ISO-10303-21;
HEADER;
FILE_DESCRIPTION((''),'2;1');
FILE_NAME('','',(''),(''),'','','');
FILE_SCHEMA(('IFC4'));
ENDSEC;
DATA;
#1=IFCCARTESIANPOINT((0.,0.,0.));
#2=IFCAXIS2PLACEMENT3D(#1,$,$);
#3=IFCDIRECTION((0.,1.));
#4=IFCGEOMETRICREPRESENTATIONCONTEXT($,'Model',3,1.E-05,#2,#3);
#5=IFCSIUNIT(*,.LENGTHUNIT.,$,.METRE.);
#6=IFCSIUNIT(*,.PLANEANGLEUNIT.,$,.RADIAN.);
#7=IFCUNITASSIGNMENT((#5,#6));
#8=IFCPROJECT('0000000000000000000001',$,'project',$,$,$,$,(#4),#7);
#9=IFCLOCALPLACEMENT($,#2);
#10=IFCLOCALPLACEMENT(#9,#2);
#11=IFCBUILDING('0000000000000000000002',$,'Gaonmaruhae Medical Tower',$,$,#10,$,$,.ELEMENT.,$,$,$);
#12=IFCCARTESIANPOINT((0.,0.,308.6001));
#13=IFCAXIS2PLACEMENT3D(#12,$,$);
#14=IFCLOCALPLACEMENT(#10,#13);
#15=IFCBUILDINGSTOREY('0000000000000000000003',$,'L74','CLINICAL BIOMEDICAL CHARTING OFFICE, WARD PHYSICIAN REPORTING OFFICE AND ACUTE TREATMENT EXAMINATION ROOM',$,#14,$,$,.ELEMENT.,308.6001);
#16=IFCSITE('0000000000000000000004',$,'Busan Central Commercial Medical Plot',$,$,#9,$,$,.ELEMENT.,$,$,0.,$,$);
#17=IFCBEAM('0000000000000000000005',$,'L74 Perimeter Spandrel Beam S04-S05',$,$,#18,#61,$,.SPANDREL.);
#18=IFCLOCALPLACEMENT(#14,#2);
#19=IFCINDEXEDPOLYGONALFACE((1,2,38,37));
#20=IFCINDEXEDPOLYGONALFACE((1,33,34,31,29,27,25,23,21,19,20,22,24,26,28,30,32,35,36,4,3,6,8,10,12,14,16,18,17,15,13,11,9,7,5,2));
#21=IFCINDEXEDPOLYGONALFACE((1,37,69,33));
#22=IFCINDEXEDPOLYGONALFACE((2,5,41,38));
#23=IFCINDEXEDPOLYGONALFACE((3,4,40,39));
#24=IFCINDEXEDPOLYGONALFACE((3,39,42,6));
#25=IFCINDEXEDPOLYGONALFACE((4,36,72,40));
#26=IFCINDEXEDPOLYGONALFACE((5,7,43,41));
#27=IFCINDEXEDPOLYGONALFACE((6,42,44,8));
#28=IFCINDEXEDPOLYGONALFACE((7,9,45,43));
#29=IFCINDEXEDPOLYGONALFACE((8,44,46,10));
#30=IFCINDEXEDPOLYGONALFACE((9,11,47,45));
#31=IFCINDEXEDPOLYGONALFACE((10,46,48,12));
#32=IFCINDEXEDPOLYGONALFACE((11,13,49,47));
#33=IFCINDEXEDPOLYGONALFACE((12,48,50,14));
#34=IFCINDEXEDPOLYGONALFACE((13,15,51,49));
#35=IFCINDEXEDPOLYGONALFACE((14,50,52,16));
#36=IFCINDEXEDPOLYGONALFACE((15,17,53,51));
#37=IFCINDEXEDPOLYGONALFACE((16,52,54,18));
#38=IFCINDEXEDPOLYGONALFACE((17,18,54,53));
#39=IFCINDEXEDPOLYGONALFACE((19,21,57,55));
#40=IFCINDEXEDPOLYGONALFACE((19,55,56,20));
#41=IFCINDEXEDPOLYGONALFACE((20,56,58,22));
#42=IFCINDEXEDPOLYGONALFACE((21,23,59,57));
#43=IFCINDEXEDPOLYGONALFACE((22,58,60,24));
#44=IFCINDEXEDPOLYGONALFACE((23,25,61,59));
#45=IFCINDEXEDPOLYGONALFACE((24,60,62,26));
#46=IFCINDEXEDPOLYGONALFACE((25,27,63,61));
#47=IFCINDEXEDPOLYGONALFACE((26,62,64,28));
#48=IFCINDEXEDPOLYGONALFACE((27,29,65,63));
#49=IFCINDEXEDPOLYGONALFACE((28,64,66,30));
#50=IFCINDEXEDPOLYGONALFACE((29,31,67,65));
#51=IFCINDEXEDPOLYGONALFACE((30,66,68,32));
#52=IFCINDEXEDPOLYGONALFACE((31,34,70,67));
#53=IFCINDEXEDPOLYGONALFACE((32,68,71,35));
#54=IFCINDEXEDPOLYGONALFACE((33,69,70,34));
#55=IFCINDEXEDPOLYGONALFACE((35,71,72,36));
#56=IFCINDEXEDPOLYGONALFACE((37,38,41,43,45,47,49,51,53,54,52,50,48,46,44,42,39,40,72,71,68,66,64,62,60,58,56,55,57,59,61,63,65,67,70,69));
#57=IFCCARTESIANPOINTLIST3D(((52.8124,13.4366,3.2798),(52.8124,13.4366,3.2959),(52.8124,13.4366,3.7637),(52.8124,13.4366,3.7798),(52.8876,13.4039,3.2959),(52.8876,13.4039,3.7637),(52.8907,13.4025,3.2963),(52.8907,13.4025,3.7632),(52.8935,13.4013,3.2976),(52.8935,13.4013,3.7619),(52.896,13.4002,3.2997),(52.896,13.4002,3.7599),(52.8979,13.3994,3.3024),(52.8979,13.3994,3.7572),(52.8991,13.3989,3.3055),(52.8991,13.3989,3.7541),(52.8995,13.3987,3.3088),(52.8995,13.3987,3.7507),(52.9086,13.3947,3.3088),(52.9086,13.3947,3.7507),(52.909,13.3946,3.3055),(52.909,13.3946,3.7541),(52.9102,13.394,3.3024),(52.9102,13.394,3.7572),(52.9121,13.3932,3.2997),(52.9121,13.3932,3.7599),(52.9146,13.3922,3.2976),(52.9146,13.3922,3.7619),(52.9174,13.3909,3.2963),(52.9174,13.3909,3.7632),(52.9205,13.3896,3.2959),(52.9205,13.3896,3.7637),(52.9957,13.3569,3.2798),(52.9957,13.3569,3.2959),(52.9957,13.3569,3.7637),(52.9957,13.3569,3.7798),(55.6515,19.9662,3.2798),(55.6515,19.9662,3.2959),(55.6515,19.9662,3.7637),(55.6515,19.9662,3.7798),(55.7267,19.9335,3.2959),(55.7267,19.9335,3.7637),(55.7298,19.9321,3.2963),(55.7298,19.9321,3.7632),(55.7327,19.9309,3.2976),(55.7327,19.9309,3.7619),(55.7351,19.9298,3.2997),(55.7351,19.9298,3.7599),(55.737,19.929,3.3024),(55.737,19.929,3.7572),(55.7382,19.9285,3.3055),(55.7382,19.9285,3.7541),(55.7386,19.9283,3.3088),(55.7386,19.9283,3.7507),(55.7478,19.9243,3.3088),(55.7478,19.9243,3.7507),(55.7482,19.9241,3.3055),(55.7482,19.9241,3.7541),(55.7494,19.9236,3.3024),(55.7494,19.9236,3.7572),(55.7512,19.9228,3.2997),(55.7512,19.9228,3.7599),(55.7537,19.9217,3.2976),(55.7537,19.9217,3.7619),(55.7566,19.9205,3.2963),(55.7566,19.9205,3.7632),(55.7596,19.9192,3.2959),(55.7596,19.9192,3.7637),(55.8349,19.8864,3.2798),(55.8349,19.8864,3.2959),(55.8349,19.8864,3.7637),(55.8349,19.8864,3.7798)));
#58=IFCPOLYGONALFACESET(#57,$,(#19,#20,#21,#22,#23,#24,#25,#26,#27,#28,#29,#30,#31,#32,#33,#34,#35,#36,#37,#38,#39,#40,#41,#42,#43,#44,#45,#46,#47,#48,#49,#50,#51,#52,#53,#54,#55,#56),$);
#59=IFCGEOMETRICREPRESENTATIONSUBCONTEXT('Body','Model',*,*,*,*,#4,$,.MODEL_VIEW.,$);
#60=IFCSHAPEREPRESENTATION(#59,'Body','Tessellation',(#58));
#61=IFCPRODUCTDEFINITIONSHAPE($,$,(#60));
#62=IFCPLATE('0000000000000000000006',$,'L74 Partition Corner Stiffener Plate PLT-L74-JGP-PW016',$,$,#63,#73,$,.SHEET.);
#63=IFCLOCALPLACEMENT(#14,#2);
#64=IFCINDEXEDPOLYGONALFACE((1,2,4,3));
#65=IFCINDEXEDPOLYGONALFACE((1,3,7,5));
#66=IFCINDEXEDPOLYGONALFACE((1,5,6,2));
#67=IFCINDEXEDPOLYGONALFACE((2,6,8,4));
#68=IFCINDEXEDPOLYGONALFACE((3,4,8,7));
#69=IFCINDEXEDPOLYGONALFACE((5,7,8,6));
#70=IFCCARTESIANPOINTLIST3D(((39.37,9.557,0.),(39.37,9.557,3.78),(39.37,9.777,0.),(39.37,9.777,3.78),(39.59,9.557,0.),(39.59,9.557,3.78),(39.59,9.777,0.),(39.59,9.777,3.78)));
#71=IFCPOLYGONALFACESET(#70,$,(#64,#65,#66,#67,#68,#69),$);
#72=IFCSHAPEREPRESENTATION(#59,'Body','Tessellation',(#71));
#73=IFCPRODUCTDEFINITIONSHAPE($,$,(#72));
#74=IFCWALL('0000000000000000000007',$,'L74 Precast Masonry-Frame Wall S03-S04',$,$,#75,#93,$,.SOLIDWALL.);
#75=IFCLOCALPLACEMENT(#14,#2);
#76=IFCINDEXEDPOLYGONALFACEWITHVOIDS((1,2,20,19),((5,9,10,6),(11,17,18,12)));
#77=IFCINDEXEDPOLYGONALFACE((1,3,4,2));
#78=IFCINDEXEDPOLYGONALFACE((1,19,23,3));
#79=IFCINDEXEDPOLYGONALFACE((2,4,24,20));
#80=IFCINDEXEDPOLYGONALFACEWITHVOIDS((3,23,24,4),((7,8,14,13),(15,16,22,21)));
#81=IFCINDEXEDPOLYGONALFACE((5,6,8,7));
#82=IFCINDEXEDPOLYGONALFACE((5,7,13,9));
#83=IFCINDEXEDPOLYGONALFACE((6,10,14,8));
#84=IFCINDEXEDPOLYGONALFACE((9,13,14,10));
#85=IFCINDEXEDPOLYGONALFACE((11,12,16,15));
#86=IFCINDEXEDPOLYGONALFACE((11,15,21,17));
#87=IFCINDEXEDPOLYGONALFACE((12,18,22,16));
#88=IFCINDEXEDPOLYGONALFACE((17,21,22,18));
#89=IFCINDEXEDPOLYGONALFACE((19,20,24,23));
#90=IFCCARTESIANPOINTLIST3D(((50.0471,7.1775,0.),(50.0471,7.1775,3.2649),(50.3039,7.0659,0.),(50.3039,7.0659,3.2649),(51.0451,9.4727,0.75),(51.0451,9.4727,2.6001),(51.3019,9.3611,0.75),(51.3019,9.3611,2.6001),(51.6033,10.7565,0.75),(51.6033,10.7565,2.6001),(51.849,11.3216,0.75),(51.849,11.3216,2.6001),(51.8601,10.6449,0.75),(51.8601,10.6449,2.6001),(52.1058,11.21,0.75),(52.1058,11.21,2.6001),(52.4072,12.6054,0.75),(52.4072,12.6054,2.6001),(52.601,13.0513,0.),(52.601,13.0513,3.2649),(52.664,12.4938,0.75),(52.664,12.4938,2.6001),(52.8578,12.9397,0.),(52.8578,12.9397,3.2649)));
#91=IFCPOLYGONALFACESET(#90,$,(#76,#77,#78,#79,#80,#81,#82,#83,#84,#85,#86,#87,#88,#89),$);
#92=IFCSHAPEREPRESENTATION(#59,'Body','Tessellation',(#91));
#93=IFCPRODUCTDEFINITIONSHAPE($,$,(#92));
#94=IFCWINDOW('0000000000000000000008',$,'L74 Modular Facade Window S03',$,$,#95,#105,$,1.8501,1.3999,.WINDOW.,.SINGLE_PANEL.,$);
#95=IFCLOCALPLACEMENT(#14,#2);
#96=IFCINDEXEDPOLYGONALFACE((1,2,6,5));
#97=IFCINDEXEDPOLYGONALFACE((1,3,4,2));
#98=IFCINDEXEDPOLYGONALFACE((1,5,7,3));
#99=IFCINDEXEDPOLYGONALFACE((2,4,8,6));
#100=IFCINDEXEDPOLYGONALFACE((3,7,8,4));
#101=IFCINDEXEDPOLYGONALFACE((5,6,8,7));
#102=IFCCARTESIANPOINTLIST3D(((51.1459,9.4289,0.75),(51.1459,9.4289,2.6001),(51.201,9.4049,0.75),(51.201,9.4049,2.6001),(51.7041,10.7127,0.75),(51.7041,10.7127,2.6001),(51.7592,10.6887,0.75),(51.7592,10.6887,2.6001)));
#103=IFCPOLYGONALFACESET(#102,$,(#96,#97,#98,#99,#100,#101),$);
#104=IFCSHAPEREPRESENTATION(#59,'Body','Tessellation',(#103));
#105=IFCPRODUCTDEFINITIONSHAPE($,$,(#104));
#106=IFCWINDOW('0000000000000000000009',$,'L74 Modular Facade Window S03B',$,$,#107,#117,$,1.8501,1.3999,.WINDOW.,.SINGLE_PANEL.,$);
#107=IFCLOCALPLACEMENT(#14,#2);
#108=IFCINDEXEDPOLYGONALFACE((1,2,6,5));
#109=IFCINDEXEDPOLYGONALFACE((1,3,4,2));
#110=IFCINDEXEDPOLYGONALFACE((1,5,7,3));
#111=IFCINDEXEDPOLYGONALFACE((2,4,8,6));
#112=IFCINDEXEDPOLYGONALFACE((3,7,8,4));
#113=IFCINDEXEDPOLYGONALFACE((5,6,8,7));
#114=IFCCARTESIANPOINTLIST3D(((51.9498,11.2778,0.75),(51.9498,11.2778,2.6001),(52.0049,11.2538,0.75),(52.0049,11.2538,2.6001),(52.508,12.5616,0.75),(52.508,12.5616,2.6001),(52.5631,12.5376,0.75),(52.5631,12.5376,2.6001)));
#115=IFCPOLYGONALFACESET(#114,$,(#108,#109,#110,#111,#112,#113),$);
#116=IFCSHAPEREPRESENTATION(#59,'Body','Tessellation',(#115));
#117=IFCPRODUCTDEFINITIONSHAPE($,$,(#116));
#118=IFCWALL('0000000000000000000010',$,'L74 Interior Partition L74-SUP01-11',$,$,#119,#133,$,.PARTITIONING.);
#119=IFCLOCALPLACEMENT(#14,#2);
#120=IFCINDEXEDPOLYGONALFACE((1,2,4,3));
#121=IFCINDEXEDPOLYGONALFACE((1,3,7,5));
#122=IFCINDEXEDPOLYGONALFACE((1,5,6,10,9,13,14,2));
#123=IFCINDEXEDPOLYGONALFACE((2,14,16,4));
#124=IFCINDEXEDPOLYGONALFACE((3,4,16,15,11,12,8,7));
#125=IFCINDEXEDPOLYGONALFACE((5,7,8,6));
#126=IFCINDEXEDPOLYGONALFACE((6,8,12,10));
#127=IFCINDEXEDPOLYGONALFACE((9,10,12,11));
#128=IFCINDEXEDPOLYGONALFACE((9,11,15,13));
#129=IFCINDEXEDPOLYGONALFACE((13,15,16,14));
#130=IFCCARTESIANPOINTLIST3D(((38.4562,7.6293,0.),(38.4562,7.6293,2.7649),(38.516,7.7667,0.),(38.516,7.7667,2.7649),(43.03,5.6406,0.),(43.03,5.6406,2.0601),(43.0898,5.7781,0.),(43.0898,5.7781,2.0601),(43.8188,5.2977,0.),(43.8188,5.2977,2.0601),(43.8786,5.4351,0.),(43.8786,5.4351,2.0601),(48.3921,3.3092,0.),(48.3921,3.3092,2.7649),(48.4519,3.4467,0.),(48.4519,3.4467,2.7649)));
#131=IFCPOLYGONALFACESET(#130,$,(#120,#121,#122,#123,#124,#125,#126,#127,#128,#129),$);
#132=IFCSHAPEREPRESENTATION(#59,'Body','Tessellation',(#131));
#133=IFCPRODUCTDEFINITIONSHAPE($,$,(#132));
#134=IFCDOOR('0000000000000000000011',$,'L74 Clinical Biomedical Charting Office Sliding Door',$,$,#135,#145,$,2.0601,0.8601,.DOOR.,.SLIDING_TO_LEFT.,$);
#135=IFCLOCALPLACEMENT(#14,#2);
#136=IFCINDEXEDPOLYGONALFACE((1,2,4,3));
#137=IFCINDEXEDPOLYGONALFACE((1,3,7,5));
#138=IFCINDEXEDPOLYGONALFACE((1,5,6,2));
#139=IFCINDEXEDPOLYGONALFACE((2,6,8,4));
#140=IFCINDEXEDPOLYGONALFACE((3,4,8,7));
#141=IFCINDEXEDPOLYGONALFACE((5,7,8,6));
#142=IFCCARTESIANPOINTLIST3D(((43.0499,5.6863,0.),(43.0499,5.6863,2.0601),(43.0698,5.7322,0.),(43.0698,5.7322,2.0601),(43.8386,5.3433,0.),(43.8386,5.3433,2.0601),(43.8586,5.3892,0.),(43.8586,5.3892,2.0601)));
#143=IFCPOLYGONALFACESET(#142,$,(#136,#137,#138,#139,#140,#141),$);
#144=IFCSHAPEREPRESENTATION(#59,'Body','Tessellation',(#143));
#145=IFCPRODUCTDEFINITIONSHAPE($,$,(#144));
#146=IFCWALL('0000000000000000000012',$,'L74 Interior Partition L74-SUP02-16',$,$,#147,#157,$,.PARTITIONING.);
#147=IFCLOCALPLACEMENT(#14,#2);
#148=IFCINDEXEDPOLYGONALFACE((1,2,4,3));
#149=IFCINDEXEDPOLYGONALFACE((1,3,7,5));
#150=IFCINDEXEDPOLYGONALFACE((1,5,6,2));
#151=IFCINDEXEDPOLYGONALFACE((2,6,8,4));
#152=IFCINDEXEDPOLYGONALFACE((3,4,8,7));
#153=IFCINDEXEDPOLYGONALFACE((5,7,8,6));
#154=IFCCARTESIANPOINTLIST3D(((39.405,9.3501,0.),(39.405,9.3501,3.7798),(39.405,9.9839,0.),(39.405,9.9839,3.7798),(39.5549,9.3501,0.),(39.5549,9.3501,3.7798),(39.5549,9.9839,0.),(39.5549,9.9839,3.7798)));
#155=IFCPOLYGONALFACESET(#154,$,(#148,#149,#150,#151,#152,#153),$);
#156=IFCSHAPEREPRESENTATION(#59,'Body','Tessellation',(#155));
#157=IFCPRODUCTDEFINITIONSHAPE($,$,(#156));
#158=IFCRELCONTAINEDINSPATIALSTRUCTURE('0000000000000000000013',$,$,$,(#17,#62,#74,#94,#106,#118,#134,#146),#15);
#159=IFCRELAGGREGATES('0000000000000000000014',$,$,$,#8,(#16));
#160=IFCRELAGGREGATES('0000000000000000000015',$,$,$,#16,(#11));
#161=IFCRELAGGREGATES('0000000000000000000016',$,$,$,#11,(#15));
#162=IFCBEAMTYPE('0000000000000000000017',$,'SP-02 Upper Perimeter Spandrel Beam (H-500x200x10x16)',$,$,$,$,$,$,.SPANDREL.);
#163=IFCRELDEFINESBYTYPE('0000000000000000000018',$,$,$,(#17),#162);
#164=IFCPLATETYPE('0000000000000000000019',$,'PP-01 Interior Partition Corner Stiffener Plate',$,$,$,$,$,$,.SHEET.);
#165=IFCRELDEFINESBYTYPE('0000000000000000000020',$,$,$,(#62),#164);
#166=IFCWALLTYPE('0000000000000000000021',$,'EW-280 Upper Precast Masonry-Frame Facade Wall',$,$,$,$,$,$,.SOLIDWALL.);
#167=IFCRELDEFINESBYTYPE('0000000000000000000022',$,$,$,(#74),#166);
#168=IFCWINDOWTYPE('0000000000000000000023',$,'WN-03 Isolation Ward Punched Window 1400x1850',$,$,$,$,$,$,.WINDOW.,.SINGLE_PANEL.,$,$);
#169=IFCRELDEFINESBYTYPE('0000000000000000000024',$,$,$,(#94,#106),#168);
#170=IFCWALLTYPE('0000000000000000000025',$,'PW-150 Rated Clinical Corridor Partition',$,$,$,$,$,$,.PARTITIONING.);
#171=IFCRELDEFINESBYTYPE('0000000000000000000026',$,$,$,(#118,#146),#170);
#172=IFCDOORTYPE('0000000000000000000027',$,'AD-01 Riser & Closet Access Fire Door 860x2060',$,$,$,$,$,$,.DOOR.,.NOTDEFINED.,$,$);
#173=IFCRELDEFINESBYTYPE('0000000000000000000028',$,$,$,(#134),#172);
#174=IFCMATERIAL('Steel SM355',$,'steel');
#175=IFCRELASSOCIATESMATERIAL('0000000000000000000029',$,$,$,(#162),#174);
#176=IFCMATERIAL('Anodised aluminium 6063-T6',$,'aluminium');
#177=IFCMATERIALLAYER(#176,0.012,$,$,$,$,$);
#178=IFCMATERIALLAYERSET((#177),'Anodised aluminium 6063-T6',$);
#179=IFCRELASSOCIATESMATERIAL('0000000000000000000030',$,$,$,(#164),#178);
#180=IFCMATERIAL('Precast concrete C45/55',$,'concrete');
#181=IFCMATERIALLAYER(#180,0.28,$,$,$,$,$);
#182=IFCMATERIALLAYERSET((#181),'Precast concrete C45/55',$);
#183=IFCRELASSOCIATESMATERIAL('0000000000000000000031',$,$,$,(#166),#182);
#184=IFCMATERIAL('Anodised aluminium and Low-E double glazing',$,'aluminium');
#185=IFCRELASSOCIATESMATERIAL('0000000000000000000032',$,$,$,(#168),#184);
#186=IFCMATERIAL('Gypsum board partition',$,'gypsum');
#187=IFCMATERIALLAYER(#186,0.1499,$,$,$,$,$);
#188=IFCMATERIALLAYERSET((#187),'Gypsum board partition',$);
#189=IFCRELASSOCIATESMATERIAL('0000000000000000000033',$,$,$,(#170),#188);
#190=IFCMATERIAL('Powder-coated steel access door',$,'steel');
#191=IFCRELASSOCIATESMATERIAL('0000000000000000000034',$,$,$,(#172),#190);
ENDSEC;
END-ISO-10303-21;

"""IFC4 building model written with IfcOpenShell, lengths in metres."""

from ifc_helpers import new_model, si_unit, direction, frame, frame_2d, origin, origin_2d, place, context, subcontext, project, spatial, rectangle, i_section, extrude, material, layer, layer_set, material_profile, profile_set, type_object, element, fill, save


model = new_model("IFC4")

# Units and contexts
model_context = context("Model", 3, precision=1e-05, world=origin(), true_north=direction((0.0, 1.0)))
body_context = subcontext(model_context, "Body", "Model", "MODEL_VIEW")
ifc_project = project(units=[si_unit("LENGTHUNIT", "METRE"), si_unit("PLANEANGLEUNIT", "RADIAN")], contexts=[model_context])

# Site, building, storey
site_placement = place(None, origin())
site = spatial("IfcSite", under=ifc_project, at=site_placement, Name="Busan Central Commercial Medical Plot", CompositionType="ELEMENT", RefElevation=0.0)
building_placement = place(site_placement, origin())
building = spatial("IfcBuilding", under=site, at=building_placement, Name="Gaonmaruhae Medical Tower", CompositionType="ELEMENT")
storey_placement = place(building_placement, frame((0.0, 0.0, 308.6001)))
storey = spatial("IfcBuildingStorey", under=building, at=storey_placement, Name="L74", Description="CLINICAL BIOMEDICAL CHARTING OFFICE, WARD PHYSICIAN REPORTING OFFICE AND ACUTE TREATMENT EXAMINATION ROOM", CompositionType="ELEMENT", Elevation=308.6001)

# Beam
ifc_material_1 = material(Name="Steel SM355", Category="steel")
ifc_material_profile_1 = material_profile(ifc_material_1, i_section(OverallWidth=0.2, OverallDepth=0.5, WebThickness=0.01, FlangeThickness=0.0161, FilletRadius=0.0129, at=origin_2d()), Name="H-500x200x10x16")
ifc_profile_set_1 = profile_set([ifc_material_profile_1], Name="Steel SM355")
beam_type_1 = type_object("IfcBeamType", Name="SP-02 Upper Perimeter Spandrel Beam (H-500x200x10x16)", PredefinedType="SPANDREL", material=ifc_profile_set_1)
for number, where, z_axis, x_axis, name in (
    (1, (52.9041, 13.3967, 3.5298), (0.398747, 0.917061, 0.0), (-0.917061, 0.398747, 0.0), "L74 Perimeter Spandrel Beam S04-S05"),
):
    element("IfcBeam", number, at=place(storey_placement, frame(where, z_axis=z_axis, x_axis=x_axis)), inside=storey, type_object=beam_type_1, Name=name, PredefinedType="SPANDREL", context=body_context, shape_type="SweptSolid", body=[
        extrude(i_section(OverallWidth=0.2, OverallDepth=0.5, WebThickness=0.01, FlangeThickness=0.0161, FilletRadius=0.0129, at=origin_2d()), origin(), (0.0, 0.0, 1.0), 7.1201),
    ])

# Plate
ifc_material_2 = material(Name="Anodised aluminium 6063-T6", Category="aluminium")
ifc_layer_1 = layer(ifc_material_2, 0.012)
ifc_layer_set_1 = layer_set([ifc_layer_1], Name="Anodised aluminium 6063-T6")
plate_type = type_object("IfcPlateType", Name="PP-01 Interior Partition Corner Stiffener Plate", PredefinedType="SHEET", material=ifc_layer_set_1)
plate_placement = place(storey_placement, frame((39.48, 9.667, 0.0), z_axis=(0.0, 0.0, 1.0), x_axis=(0.0, 1.0, 0.0)))
element("IfcPlate", 2, at=plate_placement, inside=storey, type_object=plate_type, Name="L74 Partition Corner Stiffener Plate PLT-L74-JGP-PW016", PredefinedType="SHEET", context=body_context, shape_type="SweptSolid", body=[
    extrude(rectangle(XDim=0.22, YDim=0.22, at=origin_2d()), origin(), (0.0, 0.0, 1.0), 3.78),
])

# Wall, openings, windows
ifc_material_3 = material(Name="Precast concrete C45/55", Category="concrete")
ifc_layer_2 = layer(ifc_material_3, 0.28)
ifc_layer_set_2 = layer_set([ifc_layer_2], Name="Precast concrete C45/55")
wall_type_1 = type_object("IfcWallType", Name="EW-280 Upper Precast Masonry-Frame Facade Wall", PredefinedType="SOLIDWALL", material=ifc_layer_set_2)
wall_1_placement = place(storey_placement, frame((52.7295, 12.9956, 0.0), z_axis=(0.0, 0.0, 1.0), x_axis=(-0.398744, -0.917062, 0.0)))
wall_1 = element("IfcWall", 3, at=wall_1_placement, inside=storey, type_object=wall_type_1, Name="L74 Precast Masonry-Frame Wall S03-S04", PredefinedType="SOLIDWALL", context=body_context, shape_type="SweptSolid", body=[
    extrude(rectangle(XDim=6.405, YDim=0.28, at=frame_2d((3.2026, 0.0))), origin(), (0.0, 0.0, 1.0), 3.2649),
])
opening_1_placement = place(wall_1_placement, frame((2.5024, 0.0, 0.75)))
opening_1 = element("IfcOpeningElement", 4, at=opening_1_placement, cuts=wall_1, PredefinedType="OPENING", context=body_context, shape_type="SweptSolid", body=[
    extrude(rectangle(XDim=1.3999, YDim=1.8501, at=frame_2d((0.7, 0.925))), frame((0.0, 0.1499, 0.0), z_axis=(0.0, -1.0, 0.0), x_axis=(1.0, 0.0, 0.0)), (0.0, 0.0, 1.0), 0.3),
])
opening_2_placement = place(wall_1_placement, frame((0.4863, 0.0, 0.75)))
opening_2 = element("IfcOpeningElement", 5, at=opening_2_placement, cuts=wall_1, PredefinedType="OPENING", context=body_context, shape_type="SweptSolid", body=[
    extrude(rectangle(XDim=1.3999, YDim=1.8501, at=frame_2d((0.7, 0.925))), frame((0.0, 0.1499, 0.0), z_axis=(0.0, -1.0, 0.0), x_axis=(1.0, 0.0, 0.0)), (0.0, 0.0, 1.0), 0.3),
])
ifc_material_4 = material(Name="Anodised aluminium and Low-E double glazing", Category="aluminium")
window_type = type_object("IfcWindowType", Name="WN-03 Isolation Ward Punched Window 1400x1850", PartitioningType="SINGLE_PANEL", PredefinedType="WINDOW", material=ifc_material_4)
window_1_placement = place(opening_1_placement, origin())
window_1 = element("IfcWindow", 6, at=window_1_placement, inside=storey, type_object=window_type, Name="L74 Modular Facade Window S03", OverallHeight=1.8501, OverallWidth=1.3999, PartitioningType="SINGLE_PANEL", PredefinedType="WINDOW", context=body_context, shape_type="SweptSolid", body=[
    extrude(rectangle(XDim=1.3999, YDim=1.8501, at=frame_2d((0.7, 0.925))), frame((0.0, 0.03, 0.0), z_axis=(0.0, -1.0, 0.0), x_axis=(1.0, 0.0, 0.0)), (0.0, 0.0, 1.0), 0.0601),
])
fill(opening_1, window_1)
window_2_placement = place(opening_2_placement, origin())
window_2 = element("IfcWindow", 7, at=window_2_placement, inside=storey, type_object=window_type, Name="L74 Modular Facade Window S03B", OverallHeight=1.8501, OverallWidth=1.3999, PartitioningType="SINGLE_PANEL", PredefinedType="WINDOW", context=body_context, shape_type="SweptSolid", body=[
    extrude(rectangle(XDim=1.3999, YDim=1.8501, at=frame_2d((0.7, 0.925))), frame((0.0, 0.03, 0.0), z_axis=(0.0, -1.0, 0.0), x_axis=(1.0, 0.0, 0.0)), (0.0, 0.0, 1.0), 0.0601),
])
fill(opening_2, window_2)

# Wall, opening, door
ifc_material_5 = material(Name="Gypsum board partition", Category="gypsum")
ifc_layer_3 = layer(ifc_material_5, 0.1499)
ifc_layer_set_3 = layer_set([ifc_layer_3], Name="Gypsum board partition")
wall_type_2 = type_object("IfcWallType", Name="PW-150 Rated Clinical Corridor Partition", PredefinedType="PARTITIONING", material=ifc_layer_set_3)
wall_2_placement = place(storey_placement, frame((38.4861, 7.698, 0.0), z_axis=(0.0, 0.0, 1.0), x_axis=(0.917068, -0.39873, 0.0)))
wall_2 = element("IfcWall", 8, at=wall_2_placement, inside=storey, type_object=wall_type_2, Name="L74 Interior Partition L74-SUP01-11", PredefinedType="PARTITIONING", context=body_context, shape_type="SweptSolid", body=[
    extrude(rectangle(XDim=10.8345, YDim=0.1499, at=frame_2d((5.4172, 0.0))), origin(), (0.0, 0.0, 1.0), 2.7649),
])
opening_3_placement = place(wall_2_placement, frame((4.9873, 0.0, 0.0)))
opening_3 = element("IfcOpeningElement", 9, at=opening_3_placement, cuts=wall_2, PredefinedType="OPENING", context=body_context, shape_type="SweptSolid", body=[
    extrude(rectangle(XDim=0.8601, YDim=2.0601, at=frame_2d((0.4302, 1.03))), frame((0.0, 0.085, 0.0), z_axis=(0.0, -1.0, 0.0), x_axis=(1.0, 0.0, 0.0)), (0.0, 0.0, 1.0), 0.1699),
])
ifc_material_6 = material(Name="Powder-coated steel access door", Category="steel")
door_type_1 = type_object("IfcDoorType", Name="AD-01 Riser & Closet Access Fire Door 860x2060", OperationType="NOTDEFINED", PredefinedType="DOOR", material=ifc_material_6)
door_1_placement = place(opening_3_placement, origin())
door_1 = element("IfcDoor", 10, at=door_1_placement, inside=storey, type_object=door_type_1, Name="L74 Clinical Biomedical Charting Office Sliding Door", OperationType="SLIDING_TO_LEFT", OverallHeight=2.0601, OverallWidth=0.8601, PredefinedType="DOOR", context=body_context, shape_type="SweptSolid", body=[
    extrude(rectangle(XDim=0.8601, YDim=2.0601, at=frame_2d((0.4302, 1.03))), frame((0.0, 0.0249, 0.0), z_axis=(0.0, -1.0, 0.0), x_axis=(1.0, 0.0, 0.0)), (0.0, 0.0, 1.0), 0.05),
])
fill(opening_3, door_1)

# Wall
wall_3_placement = place(storey_placement, frame((39.48, 9.3501, 0.0), z_axis=(0.0, 0.0, 1.0), x_axis=(0.0, 1.0, 0.0)))
element("IfcWall", 11, at=wall_3_placement, inside=storey, type_object=wall_type_2, Name="L74 Interior Partition L74-SUP02-16", PredefinedType="PARTITIONING", context=body_context, shape_type="SweptSolid", body=[
    extrude(rectangle(XDim=0.6338, YDim=0.1499, at=frame_2d((0.3169, 0.0))), origin(), (0.0, 0.0, 1.0), 3.7798),
])

save(model, "model.ifc")
